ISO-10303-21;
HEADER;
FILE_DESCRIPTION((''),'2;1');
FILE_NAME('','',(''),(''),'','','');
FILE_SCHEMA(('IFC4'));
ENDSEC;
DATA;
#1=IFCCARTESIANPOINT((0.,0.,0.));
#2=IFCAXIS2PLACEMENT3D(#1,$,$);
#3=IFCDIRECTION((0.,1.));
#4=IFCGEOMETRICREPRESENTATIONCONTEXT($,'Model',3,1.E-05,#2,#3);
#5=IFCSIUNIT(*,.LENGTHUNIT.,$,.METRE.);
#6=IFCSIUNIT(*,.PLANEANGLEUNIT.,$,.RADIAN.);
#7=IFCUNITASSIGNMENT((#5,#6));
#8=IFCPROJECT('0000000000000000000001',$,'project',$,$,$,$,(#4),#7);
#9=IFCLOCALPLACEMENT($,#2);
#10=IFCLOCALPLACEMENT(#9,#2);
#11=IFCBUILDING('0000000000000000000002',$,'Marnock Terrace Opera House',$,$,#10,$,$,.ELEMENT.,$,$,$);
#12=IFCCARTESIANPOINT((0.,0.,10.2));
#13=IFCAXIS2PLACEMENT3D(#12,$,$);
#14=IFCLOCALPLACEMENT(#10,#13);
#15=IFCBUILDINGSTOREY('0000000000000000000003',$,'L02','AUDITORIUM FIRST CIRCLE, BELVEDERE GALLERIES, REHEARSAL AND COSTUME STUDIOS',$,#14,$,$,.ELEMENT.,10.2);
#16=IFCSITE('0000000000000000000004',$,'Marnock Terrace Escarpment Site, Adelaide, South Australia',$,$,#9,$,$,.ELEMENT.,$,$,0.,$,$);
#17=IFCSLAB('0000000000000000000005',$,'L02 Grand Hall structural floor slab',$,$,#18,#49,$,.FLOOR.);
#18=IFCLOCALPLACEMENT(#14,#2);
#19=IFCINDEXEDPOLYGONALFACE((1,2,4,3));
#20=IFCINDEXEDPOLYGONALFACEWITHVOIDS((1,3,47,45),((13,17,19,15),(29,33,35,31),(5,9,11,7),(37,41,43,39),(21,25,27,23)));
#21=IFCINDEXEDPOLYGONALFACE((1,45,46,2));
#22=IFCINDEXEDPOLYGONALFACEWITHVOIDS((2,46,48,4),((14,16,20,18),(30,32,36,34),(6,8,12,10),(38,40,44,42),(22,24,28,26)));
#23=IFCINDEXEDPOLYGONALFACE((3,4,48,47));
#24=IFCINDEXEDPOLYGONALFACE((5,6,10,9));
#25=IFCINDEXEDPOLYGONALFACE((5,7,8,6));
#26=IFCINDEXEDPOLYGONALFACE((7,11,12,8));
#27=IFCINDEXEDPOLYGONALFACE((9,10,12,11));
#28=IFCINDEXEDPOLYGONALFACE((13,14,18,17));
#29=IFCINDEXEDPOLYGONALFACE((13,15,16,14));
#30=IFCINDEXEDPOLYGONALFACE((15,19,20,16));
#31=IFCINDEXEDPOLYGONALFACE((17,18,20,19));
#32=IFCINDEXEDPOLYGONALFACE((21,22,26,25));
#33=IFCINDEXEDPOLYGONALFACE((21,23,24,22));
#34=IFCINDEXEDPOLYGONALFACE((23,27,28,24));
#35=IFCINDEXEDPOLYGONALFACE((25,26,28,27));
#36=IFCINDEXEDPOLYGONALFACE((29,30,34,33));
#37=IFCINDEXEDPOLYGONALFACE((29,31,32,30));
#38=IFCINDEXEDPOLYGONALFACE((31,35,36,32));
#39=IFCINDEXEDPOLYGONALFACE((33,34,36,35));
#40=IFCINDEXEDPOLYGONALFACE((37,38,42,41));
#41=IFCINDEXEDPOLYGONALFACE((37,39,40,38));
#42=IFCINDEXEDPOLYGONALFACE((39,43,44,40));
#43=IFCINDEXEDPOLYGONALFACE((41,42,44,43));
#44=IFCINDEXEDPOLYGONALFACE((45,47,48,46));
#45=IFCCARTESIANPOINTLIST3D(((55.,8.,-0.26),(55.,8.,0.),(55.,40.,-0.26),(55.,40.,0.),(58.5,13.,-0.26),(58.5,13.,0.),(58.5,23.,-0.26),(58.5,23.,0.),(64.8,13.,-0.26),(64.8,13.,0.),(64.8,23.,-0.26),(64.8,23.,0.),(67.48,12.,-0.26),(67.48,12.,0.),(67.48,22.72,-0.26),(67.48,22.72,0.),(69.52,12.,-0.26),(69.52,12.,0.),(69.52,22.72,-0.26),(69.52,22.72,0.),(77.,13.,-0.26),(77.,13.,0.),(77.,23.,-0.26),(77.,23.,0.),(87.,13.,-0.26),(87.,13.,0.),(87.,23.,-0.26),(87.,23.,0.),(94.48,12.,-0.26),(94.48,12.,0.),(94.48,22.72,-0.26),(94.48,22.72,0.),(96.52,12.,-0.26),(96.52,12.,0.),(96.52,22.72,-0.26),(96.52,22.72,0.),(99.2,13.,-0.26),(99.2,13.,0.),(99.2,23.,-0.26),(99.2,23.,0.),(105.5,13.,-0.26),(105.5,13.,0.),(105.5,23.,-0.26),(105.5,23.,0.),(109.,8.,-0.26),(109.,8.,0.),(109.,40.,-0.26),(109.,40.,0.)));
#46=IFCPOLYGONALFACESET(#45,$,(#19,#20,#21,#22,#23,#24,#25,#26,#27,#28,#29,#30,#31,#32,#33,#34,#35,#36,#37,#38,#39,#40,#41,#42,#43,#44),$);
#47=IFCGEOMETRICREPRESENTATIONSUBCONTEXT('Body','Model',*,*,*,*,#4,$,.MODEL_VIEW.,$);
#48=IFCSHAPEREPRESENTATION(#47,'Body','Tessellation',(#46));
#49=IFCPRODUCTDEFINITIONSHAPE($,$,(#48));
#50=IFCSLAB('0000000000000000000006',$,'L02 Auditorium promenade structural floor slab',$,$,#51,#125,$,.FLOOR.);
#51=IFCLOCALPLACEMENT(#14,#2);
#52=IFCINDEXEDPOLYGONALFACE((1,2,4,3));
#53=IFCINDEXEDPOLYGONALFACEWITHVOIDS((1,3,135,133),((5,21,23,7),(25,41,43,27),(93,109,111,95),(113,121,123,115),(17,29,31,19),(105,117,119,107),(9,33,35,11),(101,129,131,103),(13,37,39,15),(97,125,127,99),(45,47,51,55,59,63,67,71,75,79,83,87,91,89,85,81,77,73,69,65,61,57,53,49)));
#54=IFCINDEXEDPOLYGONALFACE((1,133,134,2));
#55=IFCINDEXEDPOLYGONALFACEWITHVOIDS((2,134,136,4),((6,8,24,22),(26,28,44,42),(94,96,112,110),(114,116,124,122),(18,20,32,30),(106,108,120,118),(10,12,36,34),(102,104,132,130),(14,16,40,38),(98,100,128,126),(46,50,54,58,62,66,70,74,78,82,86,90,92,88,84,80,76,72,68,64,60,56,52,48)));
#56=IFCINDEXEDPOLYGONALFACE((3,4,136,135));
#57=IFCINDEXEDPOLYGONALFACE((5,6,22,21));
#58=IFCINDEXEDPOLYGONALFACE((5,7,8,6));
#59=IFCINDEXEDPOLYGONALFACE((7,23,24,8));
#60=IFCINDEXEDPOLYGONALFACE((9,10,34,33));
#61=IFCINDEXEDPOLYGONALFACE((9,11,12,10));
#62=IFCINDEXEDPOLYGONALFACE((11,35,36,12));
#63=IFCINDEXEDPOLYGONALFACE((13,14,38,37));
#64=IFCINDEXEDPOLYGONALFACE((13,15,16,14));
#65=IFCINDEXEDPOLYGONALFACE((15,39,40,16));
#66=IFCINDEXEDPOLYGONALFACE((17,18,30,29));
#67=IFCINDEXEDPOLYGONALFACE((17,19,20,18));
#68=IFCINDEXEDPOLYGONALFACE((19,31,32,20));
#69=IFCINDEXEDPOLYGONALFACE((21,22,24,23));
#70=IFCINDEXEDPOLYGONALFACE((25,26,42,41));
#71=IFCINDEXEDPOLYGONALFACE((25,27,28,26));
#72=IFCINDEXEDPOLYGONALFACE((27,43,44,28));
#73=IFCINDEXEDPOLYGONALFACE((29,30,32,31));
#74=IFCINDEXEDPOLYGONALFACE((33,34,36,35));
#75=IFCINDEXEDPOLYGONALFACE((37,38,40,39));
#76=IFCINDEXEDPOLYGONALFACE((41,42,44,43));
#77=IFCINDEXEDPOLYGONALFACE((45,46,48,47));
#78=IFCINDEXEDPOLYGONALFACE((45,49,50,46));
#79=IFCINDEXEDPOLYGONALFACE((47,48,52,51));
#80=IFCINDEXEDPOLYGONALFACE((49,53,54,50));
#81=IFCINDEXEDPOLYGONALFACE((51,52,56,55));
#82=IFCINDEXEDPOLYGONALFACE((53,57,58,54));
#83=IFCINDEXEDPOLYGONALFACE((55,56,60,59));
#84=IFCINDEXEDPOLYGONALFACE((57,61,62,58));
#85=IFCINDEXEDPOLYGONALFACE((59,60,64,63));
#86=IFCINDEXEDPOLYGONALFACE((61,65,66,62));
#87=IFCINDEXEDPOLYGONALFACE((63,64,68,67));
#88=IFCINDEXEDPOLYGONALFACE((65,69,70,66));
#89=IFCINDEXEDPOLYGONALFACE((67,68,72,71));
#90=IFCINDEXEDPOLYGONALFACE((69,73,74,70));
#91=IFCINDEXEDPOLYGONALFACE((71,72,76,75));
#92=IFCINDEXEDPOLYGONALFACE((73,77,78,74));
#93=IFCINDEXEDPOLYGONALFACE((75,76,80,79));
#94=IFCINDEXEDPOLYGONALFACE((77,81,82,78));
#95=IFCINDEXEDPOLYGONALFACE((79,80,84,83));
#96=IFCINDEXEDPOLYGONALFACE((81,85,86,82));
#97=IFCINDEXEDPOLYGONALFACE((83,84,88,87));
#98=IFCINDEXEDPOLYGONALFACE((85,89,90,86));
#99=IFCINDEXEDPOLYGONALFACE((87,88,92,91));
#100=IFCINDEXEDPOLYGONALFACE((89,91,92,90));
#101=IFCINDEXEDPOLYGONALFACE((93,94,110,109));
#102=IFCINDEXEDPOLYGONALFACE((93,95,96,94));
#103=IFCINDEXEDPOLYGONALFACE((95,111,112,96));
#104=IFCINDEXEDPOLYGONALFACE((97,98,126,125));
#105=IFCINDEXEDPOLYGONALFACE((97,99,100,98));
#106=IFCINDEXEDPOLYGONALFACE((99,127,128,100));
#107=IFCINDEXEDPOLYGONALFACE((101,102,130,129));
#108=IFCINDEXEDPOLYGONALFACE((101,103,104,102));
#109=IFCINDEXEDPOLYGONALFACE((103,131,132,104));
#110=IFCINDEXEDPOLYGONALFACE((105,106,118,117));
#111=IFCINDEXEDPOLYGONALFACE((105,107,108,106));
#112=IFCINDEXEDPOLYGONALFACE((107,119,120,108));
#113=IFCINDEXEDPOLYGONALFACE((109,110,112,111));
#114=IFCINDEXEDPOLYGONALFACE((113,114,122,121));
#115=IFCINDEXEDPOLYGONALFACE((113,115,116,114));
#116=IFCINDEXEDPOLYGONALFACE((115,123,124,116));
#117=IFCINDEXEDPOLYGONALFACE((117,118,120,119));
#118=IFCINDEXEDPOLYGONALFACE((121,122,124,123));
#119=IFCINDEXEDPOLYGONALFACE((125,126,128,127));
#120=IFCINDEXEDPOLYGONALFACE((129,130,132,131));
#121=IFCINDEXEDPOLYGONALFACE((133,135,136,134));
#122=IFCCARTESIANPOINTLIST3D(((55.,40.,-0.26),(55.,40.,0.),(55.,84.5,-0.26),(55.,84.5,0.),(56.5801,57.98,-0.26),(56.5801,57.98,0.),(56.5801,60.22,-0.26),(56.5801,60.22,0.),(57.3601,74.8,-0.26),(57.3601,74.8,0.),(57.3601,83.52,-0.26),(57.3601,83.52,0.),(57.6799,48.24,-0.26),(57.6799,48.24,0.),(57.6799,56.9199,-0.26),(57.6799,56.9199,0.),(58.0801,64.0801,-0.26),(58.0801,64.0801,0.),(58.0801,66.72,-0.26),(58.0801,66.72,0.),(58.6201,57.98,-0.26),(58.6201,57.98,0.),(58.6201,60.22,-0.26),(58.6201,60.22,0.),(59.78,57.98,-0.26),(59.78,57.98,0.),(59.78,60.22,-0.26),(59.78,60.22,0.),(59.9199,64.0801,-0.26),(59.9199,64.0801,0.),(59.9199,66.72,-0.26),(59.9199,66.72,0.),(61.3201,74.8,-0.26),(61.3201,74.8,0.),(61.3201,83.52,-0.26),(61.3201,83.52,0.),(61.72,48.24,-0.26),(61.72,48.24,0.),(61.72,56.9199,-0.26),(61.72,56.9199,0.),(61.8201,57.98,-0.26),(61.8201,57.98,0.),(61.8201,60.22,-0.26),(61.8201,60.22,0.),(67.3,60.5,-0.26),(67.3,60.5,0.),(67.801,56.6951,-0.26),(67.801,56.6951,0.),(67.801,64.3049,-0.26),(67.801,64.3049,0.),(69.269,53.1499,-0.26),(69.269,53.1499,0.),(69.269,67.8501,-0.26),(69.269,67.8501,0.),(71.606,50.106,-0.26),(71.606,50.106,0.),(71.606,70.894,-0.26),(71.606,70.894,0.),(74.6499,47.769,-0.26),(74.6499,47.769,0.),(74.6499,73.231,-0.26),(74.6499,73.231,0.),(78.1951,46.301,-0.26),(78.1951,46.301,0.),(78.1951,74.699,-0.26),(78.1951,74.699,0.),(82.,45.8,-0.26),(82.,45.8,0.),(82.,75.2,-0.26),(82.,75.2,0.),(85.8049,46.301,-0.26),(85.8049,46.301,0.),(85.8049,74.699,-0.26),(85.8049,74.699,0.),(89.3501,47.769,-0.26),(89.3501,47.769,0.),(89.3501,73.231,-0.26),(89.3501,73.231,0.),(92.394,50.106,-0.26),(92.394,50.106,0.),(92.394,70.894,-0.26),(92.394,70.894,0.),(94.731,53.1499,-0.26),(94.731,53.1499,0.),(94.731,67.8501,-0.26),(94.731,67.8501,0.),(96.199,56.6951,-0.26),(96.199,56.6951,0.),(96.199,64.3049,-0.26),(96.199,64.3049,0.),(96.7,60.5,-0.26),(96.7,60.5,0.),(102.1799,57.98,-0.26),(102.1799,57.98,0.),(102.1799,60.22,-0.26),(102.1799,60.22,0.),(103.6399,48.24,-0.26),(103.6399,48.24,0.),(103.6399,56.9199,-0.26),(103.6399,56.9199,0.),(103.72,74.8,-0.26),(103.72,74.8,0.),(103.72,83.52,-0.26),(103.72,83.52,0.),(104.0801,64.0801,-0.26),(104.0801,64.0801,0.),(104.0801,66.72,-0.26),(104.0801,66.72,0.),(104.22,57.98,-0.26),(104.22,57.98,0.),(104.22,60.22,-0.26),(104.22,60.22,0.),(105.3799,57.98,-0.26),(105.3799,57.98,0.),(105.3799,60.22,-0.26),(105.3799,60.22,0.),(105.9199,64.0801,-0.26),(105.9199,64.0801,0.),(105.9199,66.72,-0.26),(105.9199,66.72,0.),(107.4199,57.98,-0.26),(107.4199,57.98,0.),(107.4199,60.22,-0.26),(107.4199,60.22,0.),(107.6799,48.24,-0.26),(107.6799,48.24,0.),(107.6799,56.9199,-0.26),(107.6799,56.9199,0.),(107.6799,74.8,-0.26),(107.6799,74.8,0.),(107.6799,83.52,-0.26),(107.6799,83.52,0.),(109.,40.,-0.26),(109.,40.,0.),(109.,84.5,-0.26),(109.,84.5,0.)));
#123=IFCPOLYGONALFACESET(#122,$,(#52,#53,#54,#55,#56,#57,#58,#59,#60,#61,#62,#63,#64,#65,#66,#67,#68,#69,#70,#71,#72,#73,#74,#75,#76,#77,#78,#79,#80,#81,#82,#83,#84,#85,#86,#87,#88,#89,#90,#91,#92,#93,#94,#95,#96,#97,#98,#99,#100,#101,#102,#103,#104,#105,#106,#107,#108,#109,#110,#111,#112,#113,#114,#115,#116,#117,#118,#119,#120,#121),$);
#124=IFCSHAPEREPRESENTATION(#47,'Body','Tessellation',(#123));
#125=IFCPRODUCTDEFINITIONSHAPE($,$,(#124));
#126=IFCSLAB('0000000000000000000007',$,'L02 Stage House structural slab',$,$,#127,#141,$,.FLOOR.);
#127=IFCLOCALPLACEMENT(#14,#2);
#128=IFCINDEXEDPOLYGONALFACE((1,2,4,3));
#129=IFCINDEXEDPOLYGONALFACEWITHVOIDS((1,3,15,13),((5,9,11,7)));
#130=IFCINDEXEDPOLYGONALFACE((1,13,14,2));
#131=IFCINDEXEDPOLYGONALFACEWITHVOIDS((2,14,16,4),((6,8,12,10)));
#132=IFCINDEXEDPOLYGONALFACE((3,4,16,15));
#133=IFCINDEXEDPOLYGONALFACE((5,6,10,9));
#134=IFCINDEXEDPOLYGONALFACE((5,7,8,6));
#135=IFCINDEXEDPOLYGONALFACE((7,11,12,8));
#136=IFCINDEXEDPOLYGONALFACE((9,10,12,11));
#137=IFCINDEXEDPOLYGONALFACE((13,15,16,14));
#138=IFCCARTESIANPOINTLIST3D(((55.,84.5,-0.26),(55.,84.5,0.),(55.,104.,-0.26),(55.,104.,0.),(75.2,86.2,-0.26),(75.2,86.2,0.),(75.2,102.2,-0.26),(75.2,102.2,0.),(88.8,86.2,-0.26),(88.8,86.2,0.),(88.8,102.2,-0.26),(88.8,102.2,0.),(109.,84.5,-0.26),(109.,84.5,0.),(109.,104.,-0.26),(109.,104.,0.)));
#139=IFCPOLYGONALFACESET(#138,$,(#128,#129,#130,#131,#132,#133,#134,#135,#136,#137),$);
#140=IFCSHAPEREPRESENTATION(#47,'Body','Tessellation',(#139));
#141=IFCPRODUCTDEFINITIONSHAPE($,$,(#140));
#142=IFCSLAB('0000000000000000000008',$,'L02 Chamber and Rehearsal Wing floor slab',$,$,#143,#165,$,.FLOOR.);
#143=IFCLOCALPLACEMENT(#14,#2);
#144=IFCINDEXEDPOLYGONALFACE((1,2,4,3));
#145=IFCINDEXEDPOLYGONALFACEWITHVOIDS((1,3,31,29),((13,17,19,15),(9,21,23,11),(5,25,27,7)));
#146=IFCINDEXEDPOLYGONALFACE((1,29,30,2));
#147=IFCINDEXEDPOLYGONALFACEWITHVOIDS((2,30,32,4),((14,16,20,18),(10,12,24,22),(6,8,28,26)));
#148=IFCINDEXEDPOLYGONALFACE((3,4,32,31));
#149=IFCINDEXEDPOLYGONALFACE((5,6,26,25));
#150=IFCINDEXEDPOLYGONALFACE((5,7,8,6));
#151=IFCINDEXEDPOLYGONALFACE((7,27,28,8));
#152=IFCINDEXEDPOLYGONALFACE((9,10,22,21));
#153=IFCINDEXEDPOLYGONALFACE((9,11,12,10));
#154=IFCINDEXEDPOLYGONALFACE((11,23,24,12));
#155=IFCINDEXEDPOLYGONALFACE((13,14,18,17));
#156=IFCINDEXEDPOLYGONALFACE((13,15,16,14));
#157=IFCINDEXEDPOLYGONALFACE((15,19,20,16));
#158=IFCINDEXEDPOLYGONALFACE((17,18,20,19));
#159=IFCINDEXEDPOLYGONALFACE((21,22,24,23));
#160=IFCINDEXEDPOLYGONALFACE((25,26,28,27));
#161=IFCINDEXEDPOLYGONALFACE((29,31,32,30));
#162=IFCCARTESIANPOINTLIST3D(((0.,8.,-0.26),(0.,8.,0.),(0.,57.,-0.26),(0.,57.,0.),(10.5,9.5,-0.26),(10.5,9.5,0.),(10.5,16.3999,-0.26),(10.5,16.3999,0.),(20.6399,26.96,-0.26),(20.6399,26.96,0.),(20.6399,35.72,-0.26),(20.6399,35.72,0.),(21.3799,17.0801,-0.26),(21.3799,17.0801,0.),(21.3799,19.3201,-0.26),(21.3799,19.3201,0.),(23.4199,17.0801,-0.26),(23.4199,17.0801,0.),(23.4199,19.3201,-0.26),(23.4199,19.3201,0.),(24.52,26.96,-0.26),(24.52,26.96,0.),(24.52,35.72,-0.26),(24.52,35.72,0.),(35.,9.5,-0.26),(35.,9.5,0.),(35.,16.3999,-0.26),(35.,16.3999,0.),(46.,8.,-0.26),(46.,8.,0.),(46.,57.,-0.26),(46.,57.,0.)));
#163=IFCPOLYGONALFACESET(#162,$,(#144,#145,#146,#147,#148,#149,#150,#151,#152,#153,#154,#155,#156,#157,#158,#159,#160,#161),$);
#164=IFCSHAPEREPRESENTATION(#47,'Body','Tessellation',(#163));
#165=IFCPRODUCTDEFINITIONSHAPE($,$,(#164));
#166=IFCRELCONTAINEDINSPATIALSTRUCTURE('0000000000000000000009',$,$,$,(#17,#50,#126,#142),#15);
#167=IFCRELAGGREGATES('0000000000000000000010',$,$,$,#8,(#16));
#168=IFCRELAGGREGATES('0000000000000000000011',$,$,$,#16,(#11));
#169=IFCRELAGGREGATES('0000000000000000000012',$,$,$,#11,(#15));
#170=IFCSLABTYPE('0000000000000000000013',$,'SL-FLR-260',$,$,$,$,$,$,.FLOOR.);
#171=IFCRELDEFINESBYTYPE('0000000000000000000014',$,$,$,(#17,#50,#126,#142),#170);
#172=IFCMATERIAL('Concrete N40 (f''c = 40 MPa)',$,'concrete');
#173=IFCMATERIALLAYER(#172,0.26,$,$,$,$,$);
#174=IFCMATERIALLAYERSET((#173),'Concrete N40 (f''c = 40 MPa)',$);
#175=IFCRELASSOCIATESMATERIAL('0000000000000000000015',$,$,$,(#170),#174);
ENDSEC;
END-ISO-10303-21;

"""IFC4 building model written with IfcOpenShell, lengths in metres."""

from ifc_helpers import new_model, si_unit, direction, frame, origin, place, context, subcontext, project, spatial, polyline, outline, extrude, material, layer, layer_set, type_object, element, save


model = new_model("IFC4")

# Units and contexts
model_context = context("Model", 3, precision=1e-05, world=origin(), true_north=direction((0.0, 1.0)))
body_context = subcontext(model_context, "Body", "Model", "MODEL_VIEW")
ifc_project = project(units=[si_unit("LENGTHUNIT", "METRE"), si_unit("PLANEANGLEUNIT", "RADIAN")], contexts=[model_context])

# Site, building, storey
site_placement = place(None, origin())
site = spatial("IfcSite", under=ifc_project, at=site_placement, Name="Marnock Terrace Escarpment Site, Adelaide, South Australia", CompositionType="ELEMENT", RefElevation=0.0)
building_placement = place(site_placement, origin())
building = spatial("IfcBuilding", under=site, at=building_placement, Name="Marnock Terrace Opera House", CompositionType="ELEMENT")
storey_placement = place(building_placement, frame((0.0, 0.0, 10.2)))
storey = spatial("IfcBuildingStorey", under=building, at=storey_placement, Name="L02", Description="AUDITORIUM FIRST CIRCLE, BELVEDERE GALLERIES, REHEARSAL AND COSTUME STUDIOS", CompositionType="ELEMENT", Elevation=10.2)

# Slabs
ifc_material_1 = material(Name="Concrete N40 (f'c = 40 MPa)", Category="concrete")
ifc_layer_1 = layer(ifc_material_1, 0.26)
ifc_layer_set_1 = layer_set([ifc_layer_1], Name="Concrete N40 (f'c = 40 MPa)")
slab_type_1 = type_object("IfcSlabType", Name="SL-FLR-260", PredefinedType="FLOOR", material=ifc_layer_set_1)
slab_1_placement = place(storey_placement, frame((0.0, 0.0, -0.26)))
element("IfcSlab", 1, at=slab_1_placement, inside=storey, type_object=slab_type_1, Name="L02 Grand Hall structural floor slab", PredefinedType="FLOOR", context=body_context, shape_type="SweptSolid", body=[
    extrude(outline(polyline([(55.0, 8.0), (109.0, 8.0), (109.0, 40.0), (55.0, 40.0), (55.0, 8.0)]), holes=[polyline([(67.48, 12.0), (69.52, 12.0), (69.52, 22.72), (67.48, 22.72), (67.48, 12.0)]), polyline([(94.48, 12.0), (96.52, 12.0), (96.52, 22.72), (94.48, 22.72), (94.48, 12.0)]), polyline([(58.5, 13.0), (64.8, 13.0), (64.8, 23.0), (58.5, 23.0), (58.5, 13.0)]), polyline([(77.0, 13.0), (87.0, 13.0), (87.0, 23.0), (77.0, 23.0), (77.0, 13.0)]), polyline([(99.2, 13.0), (105.5, 13.0), (105.5, 23.0), (99.2, 23.0), (99.2, 13.0)])]), origin(), (0.0, 0.0, 1.0), 0.26),
])
slab_2_placement = place(storey_placement, frame((0.0, 0.0, -0.26)))
element("IfcSlab", 2, at=slab_2_placement, inside=storey, type_object=slab_type_1, Name="L02 Auditorium promenade structural floor slab", PredefinedType="FLOOR", context=body_context, shape_type="SweptSolid", body=[
    extrude(outline(polyline([(55.0, 40.0), (109.0, 40.0), (109.0, 84.5), (55.0, 84.5), (55.0, 40.0)]), holes=[polyline([(61.72, 48.24), (61.72, 56.9199), (57.6799, 56.9199), (57.6799, 48.24), (61.72, 48.24)]), polyline([(56.5801, 57.98), (58.6201, 57.98), (58.6201, 60.22), (56.5801, 60.22), (56.5801, 57.98)]), polyline([(59.78, 57.98), (61.8201, 57.98), (61.8201, 60.22), (59.78, 60.22), (59.78, 57.98)]), polyline([(107.6799, 48.24), (107.6799, 56.9199), (103.6399, 56.9199), (103.6399, 48.24), (107.6799, 48.24)]), polyline([(102.1799, 57.98), (104.22, 57.98), (104.22, 60.22), (102.1799, 60.22), (102.1799, 57.98)]), polyline([(105.3799, 57.98), (107.4199, 57.98), (107.4199, 60.22), (105.3799, 60.22), (105.3799, 57.98)]), polyline([(61.3201, 74.8), (61.3201, 83.52), (57.3601, 83.52), (57.3601, 74.8), (61.3201, 74.8)]), polyline([(58.0801, 64.0801), (59.9199, 64.0801), (59.9199, 66.72), (58.0801, 66.72), (58.0801, 64.0801)]), polyline([(107.6799, 74.8), (107.6799, 83.52), (103.72, 83.52), (103.72, 74.8), (107.6799, 74.8)]), polyline([(104.0801, 64.0801), (105.9199, 64.0801), (105.9199, 66.72), (104.0801, 66.72), (104.0801, 64.0801)]), polyline([(96.7, 60.5), (96.199, 64.3049), (94.731, 67.8501), (92.394, 70.894), (89.3501, 73.231), (85.8049, 74.699), (82.0, 75.2), (78.1951, 74.699), (74.6499, 73.231), (71.606, 70.894), (69.269, 67.8501), (67.801, 64.3049), (67.3, 60.5), (67.801, 56.6951), (69.269, 53.1499), (71.606, 50.106), (74.6499, 47.769), (78.1951, 46.301), (82.0, 45.8), (85.8049, 46.301), (89.3501, 47.769), (92.394, 50.106), (94.731, 53.1499), (96.199, 56.6951), (96.7, 60.5)])]), origin(), (0.0, 0.0, 1.0), 0.26),
])
slab_3_placement = place(storey_placement, frame((0.0, 0.0, -0.26)))
element("IfcSlab", 3, at=slab_3_placement, inside=storey, type_object=slab_type_1, Name="L02 Stage House structural slab", PredefinedType="FLOOR", context=body_context, shape_type="SweptSolid", body=[
    extrude(outline(polyline([(55.0, 84.5), (109.0, 84.5), (109.0, 104.0), (55.0, 104.0), (55.0, 84.5)]), holes=[polyline([(75.2, 86.2), (88.8, 86.2), (88.8, 102.2), (75.2, 102.2), (75.2, 86.2)])]), origin(), (0.0, 0.0, 1.0), 0.26),
])
slab_4_placement = place(storey_placement, frame((0.0, 0.0, -0.26)))
element("IfcSlab", 4, at=slab_4_placement, inside=storey, type_object=slab_type_1, Name="L02 Chamber and Rehearsal Wing floor slab", PredefinedType="FLOOR", context=body_context, shape_type="SweptSolid", body=[
    extrude(outline(polyline([(0.0, 8.0), (46.0, 8.0), (46.0, 57.0), (0.0, 57.0), (0.0, 8.0)]), holes=[polyline([(24.52, 26.96), (24.52, 35.72), (20.6399, 35.72), (20.6399, 26.96), (24.52, 26.96)]), polyline([(21.3799, 17.0801), (23.4199, 17.0801), (23.4199, 19.3201), (21.3799, 19.3201), (21.3799, 17.0801)]), polyline([(10.5, 9.5), (35.0, 9.5), (35.0, 16.3999), (10.5, 16.3999), (10.5, 9.5)])]), origin(), (0.0, 0.0, 1.0), 0.26),
])

save(model, "model.ifc")
